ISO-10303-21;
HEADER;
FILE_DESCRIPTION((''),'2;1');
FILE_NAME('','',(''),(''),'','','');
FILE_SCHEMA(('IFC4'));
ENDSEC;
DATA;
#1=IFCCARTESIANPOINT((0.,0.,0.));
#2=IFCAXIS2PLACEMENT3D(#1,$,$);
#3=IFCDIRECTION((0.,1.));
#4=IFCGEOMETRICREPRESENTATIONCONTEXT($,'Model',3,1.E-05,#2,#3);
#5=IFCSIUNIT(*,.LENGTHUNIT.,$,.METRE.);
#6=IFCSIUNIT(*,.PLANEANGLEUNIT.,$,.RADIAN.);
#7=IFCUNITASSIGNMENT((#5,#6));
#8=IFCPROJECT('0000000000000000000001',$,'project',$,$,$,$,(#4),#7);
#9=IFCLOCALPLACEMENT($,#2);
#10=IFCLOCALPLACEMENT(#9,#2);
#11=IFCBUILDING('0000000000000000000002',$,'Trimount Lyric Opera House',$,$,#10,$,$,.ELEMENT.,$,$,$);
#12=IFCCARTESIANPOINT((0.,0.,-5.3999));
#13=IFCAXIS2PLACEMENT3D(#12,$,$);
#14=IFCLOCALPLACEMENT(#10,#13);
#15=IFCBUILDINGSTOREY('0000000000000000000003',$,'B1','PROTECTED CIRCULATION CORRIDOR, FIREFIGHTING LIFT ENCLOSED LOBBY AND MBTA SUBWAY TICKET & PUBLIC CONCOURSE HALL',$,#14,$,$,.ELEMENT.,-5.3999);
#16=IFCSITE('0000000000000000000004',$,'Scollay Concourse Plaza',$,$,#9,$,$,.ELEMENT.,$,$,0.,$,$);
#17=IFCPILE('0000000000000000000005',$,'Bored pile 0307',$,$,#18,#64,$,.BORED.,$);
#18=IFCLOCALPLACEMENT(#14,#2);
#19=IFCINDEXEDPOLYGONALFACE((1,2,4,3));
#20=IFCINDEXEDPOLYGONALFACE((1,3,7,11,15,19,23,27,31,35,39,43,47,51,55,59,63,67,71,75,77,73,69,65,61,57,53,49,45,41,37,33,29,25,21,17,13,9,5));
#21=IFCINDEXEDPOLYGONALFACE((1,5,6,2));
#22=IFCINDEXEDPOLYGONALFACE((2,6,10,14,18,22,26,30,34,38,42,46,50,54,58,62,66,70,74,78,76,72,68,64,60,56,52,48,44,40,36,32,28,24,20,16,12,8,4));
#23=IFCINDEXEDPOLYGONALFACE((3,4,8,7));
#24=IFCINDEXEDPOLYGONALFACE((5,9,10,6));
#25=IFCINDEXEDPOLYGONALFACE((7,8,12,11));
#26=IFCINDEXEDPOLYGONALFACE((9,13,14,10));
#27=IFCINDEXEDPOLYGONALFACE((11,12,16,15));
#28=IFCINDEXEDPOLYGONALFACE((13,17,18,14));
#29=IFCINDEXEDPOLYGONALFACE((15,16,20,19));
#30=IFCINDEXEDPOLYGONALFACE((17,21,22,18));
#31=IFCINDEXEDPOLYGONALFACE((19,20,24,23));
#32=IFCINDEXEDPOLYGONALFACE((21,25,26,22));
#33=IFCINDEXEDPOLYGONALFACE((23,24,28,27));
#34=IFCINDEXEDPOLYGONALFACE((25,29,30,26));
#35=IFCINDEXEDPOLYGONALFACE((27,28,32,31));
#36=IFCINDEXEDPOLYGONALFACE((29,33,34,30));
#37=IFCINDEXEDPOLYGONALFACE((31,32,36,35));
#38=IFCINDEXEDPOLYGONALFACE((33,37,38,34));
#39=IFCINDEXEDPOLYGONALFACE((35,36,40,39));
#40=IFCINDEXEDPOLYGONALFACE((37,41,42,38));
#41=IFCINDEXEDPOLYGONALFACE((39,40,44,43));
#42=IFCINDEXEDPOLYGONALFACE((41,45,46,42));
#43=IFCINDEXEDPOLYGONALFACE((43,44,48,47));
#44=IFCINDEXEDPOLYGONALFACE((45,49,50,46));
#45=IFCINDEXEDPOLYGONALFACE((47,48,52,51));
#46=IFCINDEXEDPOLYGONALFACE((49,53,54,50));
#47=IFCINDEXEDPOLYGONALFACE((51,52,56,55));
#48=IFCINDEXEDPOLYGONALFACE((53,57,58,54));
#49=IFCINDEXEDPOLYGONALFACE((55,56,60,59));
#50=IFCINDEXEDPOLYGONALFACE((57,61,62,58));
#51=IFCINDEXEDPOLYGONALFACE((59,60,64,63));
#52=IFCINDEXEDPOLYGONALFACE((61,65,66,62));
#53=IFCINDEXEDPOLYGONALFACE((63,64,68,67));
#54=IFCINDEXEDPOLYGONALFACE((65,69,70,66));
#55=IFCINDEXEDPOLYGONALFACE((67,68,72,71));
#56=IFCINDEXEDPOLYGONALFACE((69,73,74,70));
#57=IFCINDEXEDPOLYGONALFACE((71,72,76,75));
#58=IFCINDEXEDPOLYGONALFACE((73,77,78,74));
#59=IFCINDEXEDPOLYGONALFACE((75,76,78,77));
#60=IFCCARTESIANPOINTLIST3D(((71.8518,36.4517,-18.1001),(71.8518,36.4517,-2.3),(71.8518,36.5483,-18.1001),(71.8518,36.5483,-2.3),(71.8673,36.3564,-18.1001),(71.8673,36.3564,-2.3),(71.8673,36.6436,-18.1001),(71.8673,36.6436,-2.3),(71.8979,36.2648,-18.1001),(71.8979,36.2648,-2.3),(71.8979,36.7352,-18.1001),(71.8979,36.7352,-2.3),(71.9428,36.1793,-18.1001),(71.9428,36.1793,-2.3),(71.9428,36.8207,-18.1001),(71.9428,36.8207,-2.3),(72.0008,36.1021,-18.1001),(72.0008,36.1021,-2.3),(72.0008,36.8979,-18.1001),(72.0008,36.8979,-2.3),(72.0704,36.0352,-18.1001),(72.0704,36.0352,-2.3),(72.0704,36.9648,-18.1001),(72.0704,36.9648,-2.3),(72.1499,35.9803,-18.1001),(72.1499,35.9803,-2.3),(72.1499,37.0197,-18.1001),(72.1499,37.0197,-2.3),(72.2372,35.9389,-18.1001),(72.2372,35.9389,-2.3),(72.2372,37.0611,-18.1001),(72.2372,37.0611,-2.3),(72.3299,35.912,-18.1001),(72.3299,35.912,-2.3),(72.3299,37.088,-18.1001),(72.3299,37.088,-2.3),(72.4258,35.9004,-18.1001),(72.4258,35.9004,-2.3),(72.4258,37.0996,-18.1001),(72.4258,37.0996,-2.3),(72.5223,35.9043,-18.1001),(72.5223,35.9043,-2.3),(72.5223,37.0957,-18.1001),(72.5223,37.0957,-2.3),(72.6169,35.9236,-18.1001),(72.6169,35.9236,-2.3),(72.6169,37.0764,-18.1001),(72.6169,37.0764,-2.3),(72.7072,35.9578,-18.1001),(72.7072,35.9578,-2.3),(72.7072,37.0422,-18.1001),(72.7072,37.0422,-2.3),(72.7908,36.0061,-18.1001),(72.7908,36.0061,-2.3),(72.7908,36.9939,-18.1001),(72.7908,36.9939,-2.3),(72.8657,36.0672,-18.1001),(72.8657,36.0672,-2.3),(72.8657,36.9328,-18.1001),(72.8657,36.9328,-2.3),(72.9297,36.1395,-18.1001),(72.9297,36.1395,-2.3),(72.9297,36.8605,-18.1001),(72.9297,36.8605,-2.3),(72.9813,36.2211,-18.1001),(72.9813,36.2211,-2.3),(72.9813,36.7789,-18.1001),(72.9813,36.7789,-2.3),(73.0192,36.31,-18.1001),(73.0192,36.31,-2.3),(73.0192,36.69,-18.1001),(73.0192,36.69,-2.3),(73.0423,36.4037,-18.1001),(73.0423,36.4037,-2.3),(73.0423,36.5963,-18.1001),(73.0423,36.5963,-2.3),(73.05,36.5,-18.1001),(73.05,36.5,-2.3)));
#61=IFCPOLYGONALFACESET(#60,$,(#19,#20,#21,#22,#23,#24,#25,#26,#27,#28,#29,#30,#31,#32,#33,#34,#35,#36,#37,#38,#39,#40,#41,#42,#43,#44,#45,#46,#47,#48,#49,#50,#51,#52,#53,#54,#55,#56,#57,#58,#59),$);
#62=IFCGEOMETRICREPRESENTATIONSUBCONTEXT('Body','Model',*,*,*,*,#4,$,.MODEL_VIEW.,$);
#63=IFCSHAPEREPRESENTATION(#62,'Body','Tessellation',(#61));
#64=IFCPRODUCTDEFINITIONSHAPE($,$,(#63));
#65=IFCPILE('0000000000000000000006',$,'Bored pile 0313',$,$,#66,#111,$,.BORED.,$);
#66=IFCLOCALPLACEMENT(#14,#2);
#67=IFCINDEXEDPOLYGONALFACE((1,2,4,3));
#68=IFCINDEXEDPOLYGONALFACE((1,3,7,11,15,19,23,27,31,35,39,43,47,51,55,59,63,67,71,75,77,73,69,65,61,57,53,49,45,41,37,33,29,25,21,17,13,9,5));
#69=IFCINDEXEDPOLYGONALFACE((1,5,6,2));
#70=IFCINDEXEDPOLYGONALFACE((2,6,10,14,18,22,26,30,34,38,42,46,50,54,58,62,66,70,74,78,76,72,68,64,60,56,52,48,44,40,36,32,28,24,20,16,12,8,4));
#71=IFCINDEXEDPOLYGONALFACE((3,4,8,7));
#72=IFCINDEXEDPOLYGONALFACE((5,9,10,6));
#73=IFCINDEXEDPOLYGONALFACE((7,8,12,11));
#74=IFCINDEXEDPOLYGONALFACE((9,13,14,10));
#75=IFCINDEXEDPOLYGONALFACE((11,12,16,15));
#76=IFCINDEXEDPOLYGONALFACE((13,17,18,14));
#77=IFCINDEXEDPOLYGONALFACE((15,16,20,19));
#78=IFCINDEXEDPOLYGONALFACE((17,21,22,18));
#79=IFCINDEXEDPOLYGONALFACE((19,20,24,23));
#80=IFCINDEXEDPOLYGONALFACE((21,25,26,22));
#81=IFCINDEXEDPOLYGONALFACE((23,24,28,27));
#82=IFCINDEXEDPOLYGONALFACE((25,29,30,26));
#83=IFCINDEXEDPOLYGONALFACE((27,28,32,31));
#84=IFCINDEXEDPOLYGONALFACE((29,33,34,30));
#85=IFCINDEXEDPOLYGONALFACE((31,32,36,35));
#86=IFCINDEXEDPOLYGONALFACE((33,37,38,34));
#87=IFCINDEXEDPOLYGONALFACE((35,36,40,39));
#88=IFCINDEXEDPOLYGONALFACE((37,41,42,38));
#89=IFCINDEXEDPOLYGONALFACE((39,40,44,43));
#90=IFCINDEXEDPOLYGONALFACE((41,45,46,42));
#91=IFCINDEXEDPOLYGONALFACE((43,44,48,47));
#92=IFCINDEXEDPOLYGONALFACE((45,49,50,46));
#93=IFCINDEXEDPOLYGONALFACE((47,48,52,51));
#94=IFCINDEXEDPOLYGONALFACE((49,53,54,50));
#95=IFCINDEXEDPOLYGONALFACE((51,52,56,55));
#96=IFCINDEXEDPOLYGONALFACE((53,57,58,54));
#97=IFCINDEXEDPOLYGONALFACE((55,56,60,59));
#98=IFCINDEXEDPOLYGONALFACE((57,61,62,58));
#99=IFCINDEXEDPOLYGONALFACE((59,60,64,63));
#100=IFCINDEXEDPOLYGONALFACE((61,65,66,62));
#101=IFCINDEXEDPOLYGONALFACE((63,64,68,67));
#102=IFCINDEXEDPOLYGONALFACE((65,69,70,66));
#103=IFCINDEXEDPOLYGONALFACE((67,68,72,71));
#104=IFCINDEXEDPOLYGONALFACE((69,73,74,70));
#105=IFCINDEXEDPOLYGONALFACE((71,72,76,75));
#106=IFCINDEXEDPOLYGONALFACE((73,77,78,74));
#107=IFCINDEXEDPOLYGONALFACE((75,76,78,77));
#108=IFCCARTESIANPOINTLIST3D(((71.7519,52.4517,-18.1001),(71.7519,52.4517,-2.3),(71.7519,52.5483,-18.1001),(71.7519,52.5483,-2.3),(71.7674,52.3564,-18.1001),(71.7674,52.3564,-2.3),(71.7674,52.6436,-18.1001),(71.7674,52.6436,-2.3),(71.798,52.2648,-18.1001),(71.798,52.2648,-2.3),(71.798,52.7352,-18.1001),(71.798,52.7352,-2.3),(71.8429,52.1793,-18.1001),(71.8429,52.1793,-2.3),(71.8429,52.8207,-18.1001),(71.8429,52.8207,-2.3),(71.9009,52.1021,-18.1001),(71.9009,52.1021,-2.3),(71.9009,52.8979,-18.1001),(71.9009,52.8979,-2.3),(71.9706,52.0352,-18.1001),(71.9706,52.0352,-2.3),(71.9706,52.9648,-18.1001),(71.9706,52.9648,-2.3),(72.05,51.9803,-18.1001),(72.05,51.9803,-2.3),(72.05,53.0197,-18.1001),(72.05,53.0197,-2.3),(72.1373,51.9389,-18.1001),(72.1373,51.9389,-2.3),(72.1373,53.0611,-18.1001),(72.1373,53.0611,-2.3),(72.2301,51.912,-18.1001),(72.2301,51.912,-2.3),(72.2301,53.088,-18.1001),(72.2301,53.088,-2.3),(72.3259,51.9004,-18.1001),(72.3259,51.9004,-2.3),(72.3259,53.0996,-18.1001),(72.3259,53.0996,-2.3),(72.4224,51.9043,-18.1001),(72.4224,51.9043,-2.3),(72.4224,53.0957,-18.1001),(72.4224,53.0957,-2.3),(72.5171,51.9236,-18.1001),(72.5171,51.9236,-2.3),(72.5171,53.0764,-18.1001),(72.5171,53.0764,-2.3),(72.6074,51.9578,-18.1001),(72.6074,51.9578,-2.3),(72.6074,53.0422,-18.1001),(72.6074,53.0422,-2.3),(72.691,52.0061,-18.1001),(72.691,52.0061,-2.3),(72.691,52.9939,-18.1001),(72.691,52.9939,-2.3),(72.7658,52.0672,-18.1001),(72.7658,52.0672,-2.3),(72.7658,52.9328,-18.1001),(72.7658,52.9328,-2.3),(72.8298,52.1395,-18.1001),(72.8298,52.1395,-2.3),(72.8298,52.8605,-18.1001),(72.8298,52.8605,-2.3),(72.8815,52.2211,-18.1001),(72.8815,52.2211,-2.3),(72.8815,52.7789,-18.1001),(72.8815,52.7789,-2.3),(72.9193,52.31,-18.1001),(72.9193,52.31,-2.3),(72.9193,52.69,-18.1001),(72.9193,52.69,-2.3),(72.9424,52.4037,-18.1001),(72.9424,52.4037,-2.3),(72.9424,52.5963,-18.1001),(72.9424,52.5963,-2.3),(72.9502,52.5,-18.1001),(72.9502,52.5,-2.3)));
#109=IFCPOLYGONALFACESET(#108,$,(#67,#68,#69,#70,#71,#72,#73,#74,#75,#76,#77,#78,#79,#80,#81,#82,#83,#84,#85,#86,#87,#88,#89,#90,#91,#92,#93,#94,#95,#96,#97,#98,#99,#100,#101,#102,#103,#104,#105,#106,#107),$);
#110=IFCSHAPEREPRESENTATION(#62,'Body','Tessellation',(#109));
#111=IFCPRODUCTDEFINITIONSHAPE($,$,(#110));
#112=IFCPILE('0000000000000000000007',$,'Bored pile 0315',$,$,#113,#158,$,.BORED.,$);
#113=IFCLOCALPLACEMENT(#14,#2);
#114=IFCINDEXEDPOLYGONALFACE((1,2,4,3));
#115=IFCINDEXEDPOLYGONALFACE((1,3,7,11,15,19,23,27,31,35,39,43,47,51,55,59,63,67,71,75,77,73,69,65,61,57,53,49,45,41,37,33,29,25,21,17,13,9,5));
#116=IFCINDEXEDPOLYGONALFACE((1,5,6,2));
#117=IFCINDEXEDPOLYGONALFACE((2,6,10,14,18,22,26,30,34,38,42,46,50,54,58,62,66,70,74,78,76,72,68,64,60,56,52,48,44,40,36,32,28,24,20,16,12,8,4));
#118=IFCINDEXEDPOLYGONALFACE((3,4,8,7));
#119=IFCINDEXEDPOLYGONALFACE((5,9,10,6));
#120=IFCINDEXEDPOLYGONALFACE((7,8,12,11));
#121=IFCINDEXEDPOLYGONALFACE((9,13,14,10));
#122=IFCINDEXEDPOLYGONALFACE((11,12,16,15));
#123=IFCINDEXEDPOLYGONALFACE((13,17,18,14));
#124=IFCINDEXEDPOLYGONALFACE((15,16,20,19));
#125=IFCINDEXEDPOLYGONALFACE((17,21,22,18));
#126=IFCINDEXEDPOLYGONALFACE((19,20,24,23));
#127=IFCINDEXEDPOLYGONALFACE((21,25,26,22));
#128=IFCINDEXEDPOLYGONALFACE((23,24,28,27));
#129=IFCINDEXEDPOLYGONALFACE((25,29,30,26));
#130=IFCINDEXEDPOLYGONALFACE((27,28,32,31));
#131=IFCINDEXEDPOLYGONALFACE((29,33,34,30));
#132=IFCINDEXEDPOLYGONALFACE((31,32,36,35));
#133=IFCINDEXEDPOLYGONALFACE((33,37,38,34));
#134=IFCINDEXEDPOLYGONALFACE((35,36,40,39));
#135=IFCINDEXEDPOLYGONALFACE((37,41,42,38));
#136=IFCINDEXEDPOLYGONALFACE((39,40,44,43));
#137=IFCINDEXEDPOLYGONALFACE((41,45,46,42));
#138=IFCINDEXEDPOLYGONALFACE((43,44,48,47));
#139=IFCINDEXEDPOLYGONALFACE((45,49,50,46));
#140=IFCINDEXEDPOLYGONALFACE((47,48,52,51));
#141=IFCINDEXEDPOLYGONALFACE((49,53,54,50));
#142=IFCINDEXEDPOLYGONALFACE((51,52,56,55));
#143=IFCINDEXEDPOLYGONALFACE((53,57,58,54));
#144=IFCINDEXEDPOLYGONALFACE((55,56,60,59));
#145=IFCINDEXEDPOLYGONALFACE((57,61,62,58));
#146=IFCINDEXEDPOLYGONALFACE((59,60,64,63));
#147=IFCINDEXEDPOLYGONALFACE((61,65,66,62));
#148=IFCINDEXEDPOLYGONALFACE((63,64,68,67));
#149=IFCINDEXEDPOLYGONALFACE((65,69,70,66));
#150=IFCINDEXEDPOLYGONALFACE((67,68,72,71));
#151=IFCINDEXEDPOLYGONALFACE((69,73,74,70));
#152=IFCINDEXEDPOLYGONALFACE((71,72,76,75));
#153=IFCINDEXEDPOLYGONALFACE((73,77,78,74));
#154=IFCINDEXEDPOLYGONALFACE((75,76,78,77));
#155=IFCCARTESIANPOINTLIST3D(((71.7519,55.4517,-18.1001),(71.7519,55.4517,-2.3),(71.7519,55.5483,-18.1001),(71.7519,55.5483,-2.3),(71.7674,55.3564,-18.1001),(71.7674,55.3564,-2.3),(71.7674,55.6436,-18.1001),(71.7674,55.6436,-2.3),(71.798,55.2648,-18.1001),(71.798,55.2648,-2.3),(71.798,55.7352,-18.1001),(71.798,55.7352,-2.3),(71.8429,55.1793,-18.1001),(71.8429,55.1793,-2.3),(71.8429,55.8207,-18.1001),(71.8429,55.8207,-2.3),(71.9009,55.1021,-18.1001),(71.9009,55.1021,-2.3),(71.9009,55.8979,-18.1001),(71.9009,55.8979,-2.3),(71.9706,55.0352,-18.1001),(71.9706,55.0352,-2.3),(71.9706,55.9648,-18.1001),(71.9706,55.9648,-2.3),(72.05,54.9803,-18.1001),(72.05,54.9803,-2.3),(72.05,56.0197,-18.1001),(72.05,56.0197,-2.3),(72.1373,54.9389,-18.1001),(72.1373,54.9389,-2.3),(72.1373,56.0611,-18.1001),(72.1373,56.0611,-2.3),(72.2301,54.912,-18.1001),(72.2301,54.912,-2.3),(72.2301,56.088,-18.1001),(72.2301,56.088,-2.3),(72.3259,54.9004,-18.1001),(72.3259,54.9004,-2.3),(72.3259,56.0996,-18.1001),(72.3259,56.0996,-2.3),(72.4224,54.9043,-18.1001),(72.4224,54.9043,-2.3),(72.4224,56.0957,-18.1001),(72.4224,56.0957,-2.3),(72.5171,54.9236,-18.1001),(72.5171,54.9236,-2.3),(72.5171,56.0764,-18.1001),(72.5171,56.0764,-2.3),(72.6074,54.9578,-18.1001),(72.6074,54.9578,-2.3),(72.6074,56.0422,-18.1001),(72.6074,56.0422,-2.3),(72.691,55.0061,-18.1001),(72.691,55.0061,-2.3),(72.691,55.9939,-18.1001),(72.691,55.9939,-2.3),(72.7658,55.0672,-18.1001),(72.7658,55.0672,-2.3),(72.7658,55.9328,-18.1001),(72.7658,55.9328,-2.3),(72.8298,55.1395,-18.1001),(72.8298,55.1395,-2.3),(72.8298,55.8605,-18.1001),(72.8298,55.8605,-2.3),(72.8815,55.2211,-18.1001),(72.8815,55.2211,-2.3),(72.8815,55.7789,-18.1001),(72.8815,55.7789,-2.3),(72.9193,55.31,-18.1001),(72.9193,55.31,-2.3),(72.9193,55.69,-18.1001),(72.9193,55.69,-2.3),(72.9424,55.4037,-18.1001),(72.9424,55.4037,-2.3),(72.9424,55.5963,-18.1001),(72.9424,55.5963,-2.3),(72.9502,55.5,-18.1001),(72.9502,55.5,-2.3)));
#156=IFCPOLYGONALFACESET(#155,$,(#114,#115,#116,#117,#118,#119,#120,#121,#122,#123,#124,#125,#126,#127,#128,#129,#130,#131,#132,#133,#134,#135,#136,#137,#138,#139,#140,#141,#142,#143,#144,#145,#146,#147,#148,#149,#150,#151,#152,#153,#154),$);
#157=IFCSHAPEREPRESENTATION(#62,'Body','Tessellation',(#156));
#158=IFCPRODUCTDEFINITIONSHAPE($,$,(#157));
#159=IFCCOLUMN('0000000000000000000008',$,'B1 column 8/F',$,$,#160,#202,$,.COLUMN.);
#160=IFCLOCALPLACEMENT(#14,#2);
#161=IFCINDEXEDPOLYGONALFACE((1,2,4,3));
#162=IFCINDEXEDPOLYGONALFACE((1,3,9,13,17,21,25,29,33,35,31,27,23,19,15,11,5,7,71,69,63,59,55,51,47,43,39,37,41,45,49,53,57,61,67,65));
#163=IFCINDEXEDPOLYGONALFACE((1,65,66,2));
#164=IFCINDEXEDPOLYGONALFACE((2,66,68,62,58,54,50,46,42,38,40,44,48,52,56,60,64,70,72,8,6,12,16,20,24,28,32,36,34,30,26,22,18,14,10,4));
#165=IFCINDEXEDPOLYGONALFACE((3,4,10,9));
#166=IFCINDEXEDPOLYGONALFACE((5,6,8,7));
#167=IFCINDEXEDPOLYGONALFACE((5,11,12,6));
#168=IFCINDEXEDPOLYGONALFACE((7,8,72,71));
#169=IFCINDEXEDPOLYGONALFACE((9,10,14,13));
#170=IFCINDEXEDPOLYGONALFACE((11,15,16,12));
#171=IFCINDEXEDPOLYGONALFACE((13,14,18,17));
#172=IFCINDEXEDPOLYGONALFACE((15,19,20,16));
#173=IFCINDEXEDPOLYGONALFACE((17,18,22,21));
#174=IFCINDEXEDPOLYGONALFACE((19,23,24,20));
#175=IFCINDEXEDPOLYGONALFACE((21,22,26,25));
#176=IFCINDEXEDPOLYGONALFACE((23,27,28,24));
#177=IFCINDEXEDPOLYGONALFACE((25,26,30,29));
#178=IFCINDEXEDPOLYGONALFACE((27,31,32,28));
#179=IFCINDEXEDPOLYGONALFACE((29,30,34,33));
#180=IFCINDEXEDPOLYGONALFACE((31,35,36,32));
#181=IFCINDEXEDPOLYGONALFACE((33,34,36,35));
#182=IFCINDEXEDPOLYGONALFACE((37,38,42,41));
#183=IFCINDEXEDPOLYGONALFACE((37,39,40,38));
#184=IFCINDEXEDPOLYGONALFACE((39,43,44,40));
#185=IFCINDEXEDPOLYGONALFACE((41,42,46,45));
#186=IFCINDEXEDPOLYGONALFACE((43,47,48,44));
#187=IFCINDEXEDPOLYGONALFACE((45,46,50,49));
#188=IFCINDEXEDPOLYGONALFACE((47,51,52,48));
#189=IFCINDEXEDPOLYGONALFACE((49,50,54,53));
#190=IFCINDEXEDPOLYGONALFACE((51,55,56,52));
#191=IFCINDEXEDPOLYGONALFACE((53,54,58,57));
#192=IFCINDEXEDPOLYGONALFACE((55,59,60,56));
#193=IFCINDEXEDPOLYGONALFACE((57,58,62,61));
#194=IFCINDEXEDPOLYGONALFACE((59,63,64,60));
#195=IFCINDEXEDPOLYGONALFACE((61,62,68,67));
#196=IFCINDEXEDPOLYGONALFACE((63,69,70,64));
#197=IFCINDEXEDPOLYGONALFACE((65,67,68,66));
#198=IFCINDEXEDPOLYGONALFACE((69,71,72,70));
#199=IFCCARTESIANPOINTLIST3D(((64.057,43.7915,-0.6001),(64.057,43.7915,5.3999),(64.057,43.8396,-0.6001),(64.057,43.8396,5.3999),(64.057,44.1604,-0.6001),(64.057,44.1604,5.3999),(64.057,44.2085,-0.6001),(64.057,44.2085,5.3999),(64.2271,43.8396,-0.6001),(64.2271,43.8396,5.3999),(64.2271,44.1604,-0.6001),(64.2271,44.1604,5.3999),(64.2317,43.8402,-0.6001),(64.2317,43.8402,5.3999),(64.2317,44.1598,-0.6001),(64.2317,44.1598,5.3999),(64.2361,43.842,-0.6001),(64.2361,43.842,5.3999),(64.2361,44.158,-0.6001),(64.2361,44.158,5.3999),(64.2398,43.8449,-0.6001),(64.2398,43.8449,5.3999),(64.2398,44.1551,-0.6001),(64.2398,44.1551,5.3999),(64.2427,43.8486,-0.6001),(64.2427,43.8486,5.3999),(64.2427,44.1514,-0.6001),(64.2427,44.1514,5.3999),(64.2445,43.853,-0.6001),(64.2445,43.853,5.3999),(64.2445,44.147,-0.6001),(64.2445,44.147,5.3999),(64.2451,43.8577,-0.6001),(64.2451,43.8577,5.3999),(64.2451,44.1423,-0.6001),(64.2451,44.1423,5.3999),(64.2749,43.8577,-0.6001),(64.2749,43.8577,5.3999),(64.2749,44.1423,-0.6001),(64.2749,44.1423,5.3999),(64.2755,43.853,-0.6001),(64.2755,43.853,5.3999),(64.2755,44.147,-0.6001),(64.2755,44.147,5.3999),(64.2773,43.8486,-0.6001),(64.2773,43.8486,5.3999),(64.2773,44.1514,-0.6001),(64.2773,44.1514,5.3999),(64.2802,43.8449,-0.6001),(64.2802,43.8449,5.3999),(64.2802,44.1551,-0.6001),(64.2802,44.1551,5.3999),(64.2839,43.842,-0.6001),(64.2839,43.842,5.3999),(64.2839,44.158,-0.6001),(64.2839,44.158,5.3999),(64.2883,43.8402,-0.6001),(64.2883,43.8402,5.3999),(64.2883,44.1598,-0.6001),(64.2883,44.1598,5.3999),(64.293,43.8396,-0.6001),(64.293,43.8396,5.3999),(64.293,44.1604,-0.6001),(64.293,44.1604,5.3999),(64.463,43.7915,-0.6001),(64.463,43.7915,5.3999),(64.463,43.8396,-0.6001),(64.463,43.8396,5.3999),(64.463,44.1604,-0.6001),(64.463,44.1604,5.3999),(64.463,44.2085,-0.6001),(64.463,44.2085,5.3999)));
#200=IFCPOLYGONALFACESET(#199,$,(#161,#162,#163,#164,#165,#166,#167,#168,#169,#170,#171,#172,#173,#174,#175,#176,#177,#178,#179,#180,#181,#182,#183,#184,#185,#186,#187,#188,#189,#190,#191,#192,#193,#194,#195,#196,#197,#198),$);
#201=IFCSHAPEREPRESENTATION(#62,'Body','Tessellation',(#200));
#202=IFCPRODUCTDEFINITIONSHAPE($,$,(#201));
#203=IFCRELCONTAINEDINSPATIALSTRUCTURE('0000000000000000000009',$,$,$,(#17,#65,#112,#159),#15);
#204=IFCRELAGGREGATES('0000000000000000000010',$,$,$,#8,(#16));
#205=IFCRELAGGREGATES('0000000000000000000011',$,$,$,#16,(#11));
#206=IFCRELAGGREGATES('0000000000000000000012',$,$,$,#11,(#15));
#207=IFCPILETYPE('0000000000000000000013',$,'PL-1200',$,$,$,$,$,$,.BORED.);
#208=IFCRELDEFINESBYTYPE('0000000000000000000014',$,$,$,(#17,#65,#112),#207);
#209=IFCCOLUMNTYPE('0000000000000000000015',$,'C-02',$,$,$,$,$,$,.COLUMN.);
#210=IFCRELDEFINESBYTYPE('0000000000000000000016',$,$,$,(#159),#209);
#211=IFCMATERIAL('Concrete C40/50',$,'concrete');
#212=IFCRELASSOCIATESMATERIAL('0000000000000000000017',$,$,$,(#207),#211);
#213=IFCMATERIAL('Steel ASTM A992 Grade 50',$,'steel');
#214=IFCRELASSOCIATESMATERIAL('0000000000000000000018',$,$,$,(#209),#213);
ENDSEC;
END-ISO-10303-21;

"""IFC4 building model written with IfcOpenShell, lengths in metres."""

from ifc_helpers import new_model, si_unit, direction, frame, origin, origin_2d, place, context, subcontext, project, spatial, circle, i_section, extrude, material, material_profile, profile_set, type_object, element, save


model = new_model("IFC4")

# Units and contexts
model_context = context("Model", 3, precision=1e-05, world=origin(), true_north=direction((0.0, 1.0)))
body_context = subcontext(model_context, "Body", "Model", "MODEL_VIEW")
ifc_project = project(units=[si_unit("LENGTHUNIT", "METRE"), si_unit("PLANEANGLEUNIT", "RADIAN")], contexts=[model_context])

# Site, building, storey
site_placement = place(None, origin())
site = spatial("IfcSite", under=ifc_project, at=site_placement, Name="Scollay Concourse Plaza", CompositionType="ELEMENT", RefElevation=0.0)
building_placement = place(site_placement, origin())
building = spatial("IfcBuilding", under=site, at=building_placement, Name="Trimount Lyric Opera House", CompositionType="ELEMENT")
storey_placement = place(building_placement, frame((0.0, 0.0, -5.3999)))
storey = spatial("IfcBuildingStorey", under=building, at=storey_placement, Name="B1", Description="PROTECTED CIRCULATION CORRIDOR, FIREFIGHTING LIFT ENCLOSED LOBBY AND MBTA SUBWAY TICKET & PUBLIC CONCOURSE HALL", CompositionType="ELEMENT", Elevation=-5.3999)

# Piles
ifc_material_1 = material(Name="Concrete C40/50", Category="concrete")
ifc_material_profile_1 = material_profile(ifc_material_1, circle(Radius=0.6001, at=origin_2d()), Name="PILE-D1200")
ifc_profile_set_1 = profile_set([ifc_material_profile_1], Name="Concrete C40/50")
pile_type_1 = type_object("IfcPileType", Name="PL-1200", PredefinedType="BORED", material=ifc_profile_set_1)
for number, where, z_axis, x_axis, name in (
    (1, (72.45, 36.5, -2.3), (0.0, 0.0, -1.0), (1.0, 0.0, 0.0), "Bored pile 0307"),
    (2, (72.3501, 52.5, -2.3), (0.0, 0.0, -1.0), (1.0, 0.0, 0.0), "Bored pile 0313"),
    (3, (72.3501, 55.5, -2.3), (0.0, 0.0, -1.0), (1.0, 0.0, 0.0), "Bored pile 0315"),
):
    element("IfcPile", number, at=place(storey_placement, frame(where, z_axis=z_axis, x_axis=x_axis)), inside=storey, type_object=pile_type_1, Name=name, PredefinedType="BORED", context=body_context, shape_type="SweptSolid", body=[
        extrude(circle(Radius=0.6001, at=origin_2d()), origin(), (0.0, 0.0, 1.0), 15.8),
    ])

# Column
ifc_material_2 = material(Name="Steel ASTM A992 Grade 50", Category="steel")
ifc_material_profile_2 = material_profile(ifc_material_2, i_section(OverallWidth=0.406, OverallDepth=0.417, WebThickness=0.0298, FlangeThickness=0.0481, FilletRadius=0.0181, at=origin_2d()), Name="W14X257")
ifc_profile_set_2 = profile_set([ifc_material_profile_2], Name="Steel ASTM A992 Grade 50")
column_type_1 = type_object("IfcColumnType", Name="C-02", PredefinedType="COLUMN", material=ifc_profile_set_2)
column_1_placement = place(storey_placement, frame((64.26, 44.0, -0.6001), z_axis=(0.0, 0.0, 1.0), x_axis=(1.0, 0.0, 0.0)))
element("IfcColumn", 4, at=column_1_placement, inside=storey, type_object=column_type_1, Name="B1 column 8/F", PredefinedType="COLUMN", context=body_context, shape_type="SweptSolid", body=[
    extrude(i_section(OverallWidth=0.406, OverallDepth=0.417, WebThickness=0.0298, FlangeThickness=0.0481, FilletRadius=0.0181, at=origin_2d()), origin(), (0.0, 0.0, 1.0), 6.0),
])

save(model, "model.ifc")
